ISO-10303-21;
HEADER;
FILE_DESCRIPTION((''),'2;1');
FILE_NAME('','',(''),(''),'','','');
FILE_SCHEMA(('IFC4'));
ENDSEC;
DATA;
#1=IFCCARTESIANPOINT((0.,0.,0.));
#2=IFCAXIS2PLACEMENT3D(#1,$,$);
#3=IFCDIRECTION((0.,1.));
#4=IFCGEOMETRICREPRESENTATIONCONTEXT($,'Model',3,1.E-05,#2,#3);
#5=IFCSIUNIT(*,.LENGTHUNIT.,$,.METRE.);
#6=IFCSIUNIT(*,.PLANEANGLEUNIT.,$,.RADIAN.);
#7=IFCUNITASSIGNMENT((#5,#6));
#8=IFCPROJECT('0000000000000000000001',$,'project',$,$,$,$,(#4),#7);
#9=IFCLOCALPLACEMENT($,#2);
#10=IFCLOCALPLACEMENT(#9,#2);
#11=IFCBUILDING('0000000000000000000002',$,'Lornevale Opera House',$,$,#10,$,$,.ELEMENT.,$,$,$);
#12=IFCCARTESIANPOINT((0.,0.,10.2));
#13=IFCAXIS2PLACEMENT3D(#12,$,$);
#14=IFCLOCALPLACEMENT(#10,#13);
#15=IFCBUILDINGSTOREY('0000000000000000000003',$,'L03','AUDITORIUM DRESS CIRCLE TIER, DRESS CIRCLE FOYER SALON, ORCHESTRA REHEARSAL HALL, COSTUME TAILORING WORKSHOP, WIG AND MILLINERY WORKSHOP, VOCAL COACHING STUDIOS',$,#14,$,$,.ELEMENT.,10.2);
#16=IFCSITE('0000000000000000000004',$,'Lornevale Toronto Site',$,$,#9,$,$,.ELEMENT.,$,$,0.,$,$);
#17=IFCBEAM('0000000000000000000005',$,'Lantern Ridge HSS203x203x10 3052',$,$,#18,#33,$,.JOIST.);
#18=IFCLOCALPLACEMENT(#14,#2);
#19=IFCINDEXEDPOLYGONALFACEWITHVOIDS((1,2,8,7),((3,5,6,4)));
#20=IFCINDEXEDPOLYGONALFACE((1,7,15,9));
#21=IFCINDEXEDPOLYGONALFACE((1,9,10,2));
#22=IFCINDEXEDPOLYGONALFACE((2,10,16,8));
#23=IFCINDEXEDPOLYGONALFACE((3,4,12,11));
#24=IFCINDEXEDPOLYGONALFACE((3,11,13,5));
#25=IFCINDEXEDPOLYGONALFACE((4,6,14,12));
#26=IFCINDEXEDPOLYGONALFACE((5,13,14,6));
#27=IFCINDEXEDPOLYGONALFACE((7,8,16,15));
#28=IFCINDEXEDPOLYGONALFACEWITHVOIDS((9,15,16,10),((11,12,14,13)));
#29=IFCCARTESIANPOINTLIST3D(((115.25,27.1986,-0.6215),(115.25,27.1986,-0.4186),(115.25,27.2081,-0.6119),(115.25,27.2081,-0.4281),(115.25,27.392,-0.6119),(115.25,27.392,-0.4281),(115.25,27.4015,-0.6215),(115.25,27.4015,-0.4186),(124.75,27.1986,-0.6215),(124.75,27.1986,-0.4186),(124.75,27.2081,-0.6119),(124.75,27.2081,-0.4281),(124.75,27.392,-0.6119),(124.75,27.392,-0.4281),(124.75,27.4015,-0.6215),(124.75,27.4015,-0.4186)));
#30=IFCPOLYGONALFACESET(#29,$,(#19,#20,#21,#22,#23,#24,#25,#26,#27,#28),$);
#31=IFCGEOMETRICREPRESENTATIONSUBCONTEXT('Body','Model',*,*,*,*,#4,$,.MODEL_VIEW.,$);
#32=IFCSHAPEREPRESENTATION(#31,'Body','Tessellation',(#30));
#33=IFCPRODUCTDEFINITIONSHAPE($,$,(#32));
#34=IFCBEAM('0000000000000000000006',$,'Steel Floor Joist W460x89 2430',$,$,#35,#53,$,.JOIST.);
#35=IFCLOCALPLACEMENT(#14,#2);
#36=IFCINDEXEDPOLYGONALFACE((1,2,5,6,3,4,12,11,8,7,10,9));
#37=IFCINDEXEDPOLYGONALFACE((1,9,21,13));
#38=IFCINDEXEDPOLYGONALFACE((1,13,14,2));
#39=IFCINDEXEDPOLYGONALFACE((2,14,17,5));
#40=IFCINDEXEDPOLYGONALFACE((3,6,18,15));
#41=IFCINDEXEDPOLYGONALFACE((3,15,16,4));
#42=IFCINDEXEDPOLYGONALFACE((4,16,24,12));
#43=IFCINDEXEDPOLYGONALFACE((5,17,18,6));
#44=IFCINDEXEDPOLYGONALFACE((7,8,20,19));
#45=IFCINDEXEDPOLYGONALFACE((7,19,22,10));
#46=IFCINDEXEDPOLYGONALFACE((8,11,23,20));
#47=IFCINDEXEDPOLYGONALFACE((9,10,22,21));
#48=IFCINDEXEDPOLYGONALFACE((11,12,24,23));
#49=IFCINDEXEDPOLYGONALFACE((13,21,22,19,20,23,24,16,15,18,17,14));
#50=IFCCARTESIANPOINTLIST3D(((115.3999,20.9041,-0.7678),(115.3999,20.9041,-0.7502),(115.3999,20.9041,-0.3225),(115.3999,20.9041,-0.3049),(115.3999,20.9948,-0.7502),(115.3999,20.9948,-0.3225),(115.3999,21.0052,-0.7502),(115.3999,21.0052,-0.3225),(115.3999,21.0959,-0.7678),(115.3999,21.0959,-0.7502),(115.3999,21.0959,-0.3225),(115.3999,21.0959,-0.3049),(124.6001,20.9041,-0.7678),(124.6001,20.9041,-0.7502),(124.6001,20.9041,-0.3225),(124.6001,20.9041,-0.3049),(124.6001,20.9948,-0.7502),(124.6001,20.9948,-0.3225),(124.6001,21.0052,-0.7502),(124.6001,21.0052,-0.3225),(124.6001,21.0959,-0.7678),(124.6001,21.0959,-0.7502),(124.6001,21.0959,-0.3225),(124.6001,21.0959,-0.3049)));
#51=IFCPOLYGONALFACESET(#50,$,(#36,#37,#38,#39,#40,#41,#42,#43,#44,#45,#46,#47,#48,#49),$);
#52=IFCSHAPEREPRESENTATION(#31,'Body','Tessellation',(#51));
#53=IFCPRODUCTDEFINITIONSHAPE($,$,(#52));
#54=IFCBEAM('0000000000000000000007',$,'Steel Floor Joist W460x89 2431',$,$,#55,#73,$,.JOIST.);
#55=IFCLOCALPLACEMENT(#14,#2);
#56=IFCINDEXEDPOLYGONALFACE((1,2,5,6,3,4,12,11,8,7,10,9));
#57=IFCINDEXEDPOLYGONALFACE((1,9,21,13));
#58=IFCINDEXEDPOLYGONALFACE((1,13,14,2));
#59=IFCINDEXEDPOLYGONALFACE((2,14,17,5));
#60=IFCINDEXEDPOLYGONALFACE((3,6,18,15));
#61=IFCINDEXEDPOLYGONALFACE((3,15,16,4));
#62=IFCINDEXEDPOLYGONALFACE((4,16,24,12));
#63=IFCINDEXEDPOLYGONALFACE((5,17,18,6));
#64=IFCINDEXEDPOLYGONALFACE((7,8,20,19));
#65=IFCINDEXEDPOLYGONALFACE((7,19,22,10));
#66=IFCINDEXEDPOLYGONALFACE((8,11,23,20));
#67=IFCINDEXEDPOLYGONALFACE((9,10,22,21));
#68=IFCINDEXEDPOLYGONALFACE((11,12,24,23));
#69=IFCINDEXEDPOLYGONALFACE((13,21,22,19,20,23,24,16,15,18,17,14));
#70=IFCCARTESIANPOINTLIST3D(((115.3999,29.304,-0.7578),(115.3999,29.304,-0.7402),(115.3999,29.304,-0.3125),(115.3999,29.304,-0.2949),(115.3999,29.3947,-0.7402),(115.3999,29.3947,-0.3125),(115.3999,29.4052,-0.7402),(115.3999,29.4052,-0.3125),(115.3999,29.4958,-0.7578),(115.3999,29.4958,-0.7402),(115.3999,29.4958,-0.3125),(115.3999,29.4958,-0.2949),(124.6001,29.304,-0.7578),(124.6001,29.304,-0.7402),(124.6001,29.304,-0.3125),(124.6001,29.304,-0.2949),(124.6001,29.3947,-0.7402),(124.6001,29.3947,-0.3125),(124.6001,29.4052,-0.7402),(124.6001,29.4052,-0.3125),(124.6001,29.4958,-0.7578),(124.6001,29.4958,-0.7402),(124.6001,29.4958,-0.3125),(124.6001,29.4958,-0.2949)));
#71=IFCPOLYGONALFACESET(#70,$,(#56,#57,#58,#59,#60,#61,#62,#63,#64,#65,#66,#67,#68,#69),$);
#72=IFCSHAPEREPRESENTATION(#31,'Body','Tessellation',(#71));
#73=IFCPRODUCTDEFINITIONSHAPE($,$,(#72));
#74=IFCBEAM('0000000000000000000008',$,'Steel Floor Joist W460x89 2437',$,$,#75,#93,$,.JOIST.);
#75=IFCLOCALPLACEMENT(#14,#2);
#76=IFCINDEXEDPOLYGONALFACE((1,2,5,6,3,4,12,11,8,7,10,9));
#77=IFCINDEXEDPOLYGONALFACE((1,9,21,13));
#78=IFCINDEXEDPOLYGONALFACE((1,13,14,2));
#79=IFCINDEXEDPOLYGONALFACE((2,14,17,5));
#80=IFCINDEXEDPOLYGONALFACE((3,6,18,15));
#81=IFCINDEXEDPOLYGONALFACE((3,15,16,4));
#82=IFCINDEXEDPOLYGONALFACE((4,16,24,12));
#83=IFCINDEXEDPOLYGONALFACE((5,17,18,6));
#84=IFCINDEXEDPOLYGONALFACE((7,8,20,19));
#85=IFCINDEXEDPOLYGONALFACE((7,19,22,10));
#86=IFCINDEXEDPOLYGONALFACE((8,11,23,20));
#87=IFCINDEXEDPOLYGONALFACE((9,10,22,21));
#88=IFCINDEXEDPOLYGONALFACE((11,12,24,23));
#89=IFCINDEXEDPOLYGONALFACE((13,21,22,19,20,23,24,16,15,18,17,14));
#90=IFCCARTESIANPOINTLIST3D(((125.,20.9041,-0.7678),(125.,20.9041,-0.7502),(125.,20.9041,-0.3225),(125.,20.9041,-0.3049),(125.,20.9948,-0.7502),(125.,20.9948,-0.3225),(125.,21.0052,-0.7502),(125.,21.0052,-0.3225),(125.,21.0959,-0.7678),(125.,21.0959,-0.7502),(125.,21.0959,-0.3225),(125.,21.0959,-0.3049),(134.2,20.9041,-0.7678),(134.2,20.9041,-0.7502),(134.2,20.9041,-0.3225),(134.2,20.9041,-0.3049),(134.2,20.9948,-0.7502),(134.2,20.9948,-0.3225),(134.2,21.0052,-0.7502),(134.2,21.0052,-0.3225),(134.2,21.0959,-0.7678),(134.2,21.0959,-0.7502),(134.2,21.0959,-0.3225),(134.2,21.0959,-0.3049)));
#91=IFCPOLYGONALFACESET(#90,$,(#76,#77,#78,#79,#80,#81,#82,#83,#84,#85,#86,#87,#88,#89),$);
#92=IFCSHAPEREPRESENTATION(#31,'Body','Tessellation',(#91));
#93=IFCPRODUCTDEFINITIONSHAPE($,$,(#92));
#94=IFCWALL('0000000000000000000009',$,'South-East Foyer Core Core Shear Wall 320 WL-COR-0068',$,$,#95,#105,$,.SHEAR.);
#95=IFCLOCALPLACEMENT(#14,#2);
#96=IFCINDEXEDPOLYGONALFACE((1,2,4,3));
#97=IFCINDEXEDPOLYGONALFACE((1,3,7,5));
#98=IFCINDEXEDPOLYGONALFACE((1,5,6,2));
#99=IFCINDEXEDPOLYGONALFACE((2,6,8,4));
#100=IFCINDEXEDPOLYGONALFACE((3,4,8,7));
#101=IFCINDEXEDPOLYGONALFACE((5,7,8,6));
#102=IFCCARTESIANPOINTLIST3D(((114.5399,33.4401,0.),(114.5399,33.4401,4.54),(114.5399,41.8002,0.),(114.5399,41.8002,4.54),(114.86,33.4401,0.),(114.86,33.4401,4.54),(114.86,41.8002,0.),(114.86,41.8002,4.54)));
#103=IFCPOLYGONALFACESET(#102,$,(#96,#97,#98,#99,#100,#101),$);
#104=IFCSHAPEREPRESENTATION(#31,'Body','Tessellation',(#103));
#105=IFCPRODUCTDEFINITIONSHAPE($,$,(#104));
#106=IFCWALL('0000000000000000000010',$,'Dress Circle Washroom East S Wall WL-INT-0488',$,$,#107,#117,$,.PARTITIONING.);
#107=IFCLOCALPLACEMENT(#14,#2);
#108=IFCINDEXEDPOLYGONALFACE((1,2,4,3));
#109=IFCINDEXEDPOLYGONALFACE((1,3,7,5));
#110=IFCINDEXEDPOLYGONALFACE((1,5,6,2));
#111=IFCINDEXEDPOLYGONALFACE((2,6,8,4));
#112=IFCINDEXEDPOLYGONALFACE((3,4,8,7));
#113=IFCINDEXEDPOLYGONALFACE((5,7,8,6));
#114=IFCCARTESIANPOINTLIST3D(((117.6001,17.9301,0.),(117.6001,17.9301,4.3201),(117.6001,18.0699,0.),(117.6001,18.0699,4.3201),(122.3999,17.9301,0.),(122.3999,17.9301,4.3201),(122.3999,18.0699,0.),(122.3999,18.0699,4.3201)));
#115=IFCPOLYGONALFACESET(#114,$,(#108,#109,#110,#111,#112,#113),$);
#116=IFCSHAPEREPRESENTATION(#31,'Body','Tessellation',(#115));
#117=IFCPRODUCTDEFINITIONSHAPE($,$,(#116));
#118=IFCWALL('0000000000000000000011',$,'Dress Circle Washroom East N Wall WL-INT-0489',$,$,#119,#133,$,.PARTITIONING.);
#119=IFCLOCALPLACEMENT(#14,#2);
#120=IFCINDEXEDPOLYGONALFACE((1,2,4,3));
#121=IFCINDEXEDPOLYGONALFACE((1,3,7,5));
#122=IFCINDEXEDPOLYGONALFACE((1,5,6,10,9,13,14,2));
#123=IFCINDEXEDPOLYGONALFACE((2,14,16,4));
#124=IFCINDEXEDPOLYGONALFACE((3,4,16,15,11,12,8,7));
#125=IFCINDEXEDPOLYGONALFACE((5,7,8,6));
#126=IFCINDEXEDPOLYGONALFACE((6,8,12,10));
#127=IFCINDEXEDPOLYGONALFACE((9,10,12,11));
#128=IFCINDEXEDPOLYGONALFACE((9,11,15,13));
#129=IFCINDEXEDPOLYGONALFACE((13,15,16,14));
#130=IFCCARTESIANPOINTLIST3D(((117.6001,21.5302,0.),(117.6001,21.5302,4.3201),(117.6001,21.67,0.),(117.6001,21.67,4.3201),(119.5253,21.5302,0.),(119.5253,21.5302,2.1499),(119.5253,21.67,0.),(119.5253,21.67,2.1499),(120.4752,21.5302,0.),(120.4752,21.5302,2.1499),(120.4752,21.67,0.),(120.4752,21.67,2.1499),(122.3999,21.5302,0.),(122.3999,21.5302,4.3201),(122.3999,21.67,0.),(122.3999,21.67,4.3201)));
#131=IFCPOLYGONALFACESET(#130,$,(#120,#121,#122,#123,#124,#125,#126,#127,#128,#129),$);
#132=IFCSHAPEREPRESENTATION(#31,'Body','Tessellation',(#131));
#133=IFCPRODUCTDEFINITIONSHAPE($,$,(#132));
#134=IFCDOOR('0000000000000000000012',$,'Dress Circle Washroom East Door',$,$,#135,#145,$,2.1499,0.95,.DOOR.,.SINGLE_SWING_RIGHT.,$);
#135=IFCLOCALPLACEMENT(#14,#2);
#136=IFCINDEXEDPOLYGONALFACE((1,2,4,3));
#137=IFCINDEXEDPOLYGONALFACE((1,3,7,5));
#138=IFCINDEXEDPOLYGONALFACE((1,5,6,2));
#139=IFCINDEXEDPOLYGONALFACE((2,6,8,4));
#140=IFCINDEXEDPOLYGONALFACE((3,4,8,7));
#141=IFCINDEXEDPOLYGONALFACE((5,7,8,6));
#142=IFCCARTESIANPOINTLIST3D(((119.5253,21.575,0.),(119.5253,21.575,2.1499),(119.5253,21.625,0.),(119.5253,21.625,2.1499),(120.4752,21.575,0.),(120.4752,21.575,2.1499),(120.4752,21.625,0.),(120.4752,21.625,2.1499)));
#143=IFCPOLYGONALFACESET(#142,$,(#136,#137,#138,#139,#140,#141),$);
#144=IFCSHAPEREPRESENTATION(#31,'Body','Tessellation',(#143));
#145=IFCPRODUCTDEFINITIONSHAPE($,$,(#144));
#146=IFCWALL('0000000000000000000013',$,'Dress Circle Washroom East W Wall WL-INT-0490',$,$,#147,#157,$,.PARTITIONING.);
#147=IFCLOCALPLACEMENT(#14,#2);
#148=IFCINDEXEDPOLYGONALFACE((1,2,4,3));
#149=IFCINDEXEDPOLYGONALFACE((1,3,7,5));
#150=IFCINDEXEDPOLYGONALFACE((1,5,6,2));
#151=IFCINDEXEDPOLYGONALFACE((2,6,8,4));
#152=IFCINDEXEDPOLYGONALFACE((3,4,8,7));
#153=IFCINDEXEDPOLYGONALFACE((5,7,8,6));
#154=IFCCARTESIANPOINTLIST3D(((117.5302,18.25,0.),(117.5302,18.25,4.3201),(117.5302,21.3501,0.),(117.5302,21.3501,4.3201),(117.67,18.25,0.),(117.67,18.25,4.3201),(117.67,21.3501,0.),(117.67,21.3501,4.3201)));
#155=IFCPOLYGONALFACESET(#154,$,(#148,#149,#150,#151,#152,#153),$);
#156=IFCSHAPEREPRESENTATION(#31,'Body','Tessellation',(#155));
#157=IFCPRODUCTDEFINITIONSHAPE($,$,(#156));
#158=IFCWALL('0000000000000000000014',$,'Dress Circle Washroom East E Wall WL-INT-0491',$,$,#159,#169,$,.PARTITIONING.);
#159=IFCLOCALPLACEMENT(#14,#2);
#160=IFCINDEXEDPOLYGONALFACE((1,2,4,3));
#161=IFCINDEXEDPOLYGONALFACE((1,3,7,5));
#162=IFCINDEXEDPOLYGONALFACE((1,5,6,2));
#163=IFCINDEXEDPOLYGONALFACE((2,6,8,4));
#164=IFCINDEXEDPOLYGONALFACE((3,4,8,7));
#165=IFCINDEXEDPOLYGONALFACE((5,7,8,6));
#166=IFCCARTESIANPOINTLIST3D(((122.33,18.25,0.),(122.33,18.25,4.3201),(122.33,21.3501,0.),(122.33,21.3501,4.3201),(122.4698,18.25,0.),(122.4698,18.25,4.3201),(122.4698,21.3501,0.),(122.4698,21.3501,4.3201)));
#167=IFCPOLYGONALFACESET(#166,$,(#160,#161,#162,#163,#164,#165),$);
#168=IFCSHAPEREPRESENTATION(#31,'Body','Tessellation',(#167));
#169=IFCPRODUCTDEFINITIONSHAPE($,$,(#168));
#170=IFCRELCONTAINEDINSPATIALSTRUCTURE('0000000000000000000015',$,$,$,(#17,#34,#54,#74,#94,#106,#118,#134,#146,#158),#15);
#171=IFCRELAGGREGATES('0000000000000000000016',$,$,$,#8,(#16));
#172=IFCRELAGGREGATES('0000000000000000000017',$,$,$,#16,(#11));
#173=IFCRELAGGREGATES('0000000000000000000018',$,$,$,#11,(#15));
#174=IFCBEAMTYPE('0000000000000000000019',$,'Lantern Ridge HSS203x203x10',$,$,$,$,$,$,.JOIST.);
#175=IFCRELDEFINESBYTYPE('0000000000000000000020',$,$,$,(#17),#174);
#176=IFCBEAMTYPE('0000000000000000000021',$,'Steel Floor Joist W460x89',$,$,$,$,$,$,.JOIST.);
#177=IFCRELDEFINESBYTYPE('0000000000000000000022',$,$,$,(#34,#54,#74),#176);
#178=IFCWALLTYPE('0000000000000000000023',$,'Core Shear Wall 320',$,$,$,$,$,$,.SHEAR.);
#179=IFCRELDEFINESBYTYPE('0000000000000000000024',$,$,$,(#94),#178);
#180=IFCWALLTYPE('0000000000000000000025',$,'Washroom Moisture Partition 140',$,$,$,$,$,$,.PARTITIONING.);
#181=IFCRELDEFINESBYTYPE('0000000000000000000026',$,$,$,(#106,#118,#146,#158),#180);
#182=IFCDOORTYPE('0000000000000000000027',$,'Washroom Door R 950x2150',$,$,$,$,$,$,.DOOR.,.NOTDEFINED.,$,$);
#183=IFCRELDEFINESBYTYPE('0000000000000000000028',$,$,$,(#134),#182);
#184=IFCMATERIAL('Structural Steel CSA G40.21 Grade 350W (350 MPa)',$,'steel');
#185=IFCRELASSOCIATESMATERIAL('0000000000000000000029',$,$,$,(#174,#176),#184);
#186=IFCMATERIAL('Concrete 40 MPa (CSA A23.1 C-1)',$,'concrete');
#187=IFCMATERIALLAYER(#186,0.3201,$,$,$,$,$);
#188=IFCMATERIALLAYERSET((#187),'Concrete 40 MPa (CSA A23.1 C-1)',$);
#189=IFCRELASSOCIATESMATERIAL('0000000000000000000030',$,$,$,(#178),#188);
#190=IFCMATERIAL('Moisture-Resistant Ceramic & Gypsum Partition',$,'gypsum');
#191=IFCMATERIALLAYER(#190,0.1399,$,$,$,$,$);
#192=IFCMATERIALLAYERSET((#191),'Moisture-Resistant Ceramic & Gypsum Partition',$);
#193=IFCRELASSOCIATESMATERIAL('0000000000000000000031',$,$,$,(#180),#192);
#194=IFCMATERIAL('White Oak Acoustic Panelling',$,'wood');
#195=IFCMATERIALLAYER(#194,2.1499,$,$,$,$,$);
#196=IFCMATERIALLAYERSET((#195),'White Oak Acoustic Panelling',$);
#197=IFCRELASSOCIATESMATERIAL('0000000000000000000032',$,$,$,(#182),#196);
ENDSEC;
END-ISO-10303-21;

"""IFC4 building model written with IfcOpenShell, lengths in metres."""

from ifc_helpers import new_model, si_unit, direction, frame, frame_2d, origin, origin_2d, place, context, subcontext, project, spatial, rectangle, hollow_rectangle, i_section, extrude, material, layer, layer_set, material_profile, profile_set, type_object, element, fill, save


model = new_model("IFC4")

# Units and contexts
model_context = context("Model", 3, precision=1e-05, world=origin(), true_north=direction((0.0, 1.0)))
body_context = subcontext(model_context, "Body", "Model", "MODEL_VIEW")
ifc_project = project(units=[si_unit("LENGTHUNIT", "METRE"), si_unit("PLANEANGLEUNIT", "RADIAN")], contexts=[model_context])

# Site, building, storey
site_placement = place(None, origin())
site = spatial("IfcSite", under=ifc_project, at=site_placement, Name="Lornevale Toronto Site", CompositionType="ELEMENT", RefElevation=0.0)
building_placement = place(site_placement, origin())
building = spatial("IfcBuilding", under=site, at=building_placement, Name="Lornevale Opera House", CompositionType="ELEMENT")
storey_placement = place(building_placement, frame((0.0, 0.0, 10.2)))
storey = spatial("IfcBuildingStorey", under=building, at=storey_placement, Name="L03", Description="AUDITORIUM DRESS CIRCLE TIER, DRESS CIRCLE FOYER SALON, ORCHESTRA REHEARSAL HALL, COSTUME TAILORING WORKSHOP, WIG AND MILLINERY WORKSHOP, VOCAL COACHING STUDIOS", CompositionType="ELEMENT", Elevation=10.2)

# Shared definitions
ifc_material_1 = material(Name="Concrete 40 MPa (CSA A23.1 C-1)", Category="concrete")

# Shared definitions
ifc_material_2 = material(Name="Structural Steel CSA G40.21 Grade 350W (350 MPa)", Category="steel")

# Beams
ifc_material_profile_1 = material_profile(ifc_material_2, hollow_rectangle(XDim=0.2029, YDim=0.2029, WallThickness=0.0095, at=origin_2d()), Name="HSS203x203x10")
ifc_profile_set_1 = profile_set([ifc_material_profile_1], Name="Structural Steel CSA G40.21 Grade 350W (350 MPa)")
beam_type_1 = type_object("IfcBeamType", Name="Lantern Ridge HSS203x203x10", PredefinedType="JOIST", material=ifc_profile_set_1)
beam_1_placement = place(storey_placement, frame((115.25, 27.3, -0.52), z_axis=(1.0, 0.0, 0.0), x_axis=(0.0, 1.0, 0.0)))
element("IfcBeam", 1, at=beam_1_placement, inside=storey, type_object=beam_type_1, Name="Lantern Ridge HSS203x203x10 3052", PredefinedType="JOIST", context=body_context, shape_type="SweptSolid", body=[
    extrude(hollow_rectangle(XDim=0.2029, YDim=0.2029, WallThickness=0.0095, at=origin_2d()), origin(), (0.0, 0.0, 1.0), 9.5),
])
ifc_material_profile_2 = material_profile(ifc_material_2, i_section(OverallWidth=0.1919, OverallDepth=0.4629, WebThickness=0.0105, FlangeThickness=0.0176, at=origin_2d()), Name="W460x89")
ifc_profile_set_2 = profile_set([ifc_material_profile_2], Name="Structural Steel CSA G40.21 Grade 350W (350 MPa)")
beam_type_2 = type_object("IfcBeamType", Name="Steel Floor Joist W460x89", PredefinedType="JOIST", material=ifc_profile_set_2)
for number, where, z_axis, x_axis, name in (
    (2, (115.3999, 21.0, -0.5364), (1.0, 0.0, 0.0), (0.0, 1.0, 0.0), "Steel Floor Joist W460x89 2430"),
    (3, (115.3999, 29.3999, -0.5264), (1.0, 0.0, 0.0), (0.0, 1.0, 0.0), "Steel Floor Joist W460x89 2431"),
):
    element("IfcBeam", number, at=place(storey_placement, frame(where, z_axis=z_axis, x_axis=x_axis)), inside=storey, type_object=beam_type_2, Name=name, PredefinedType="JOIST", context=body_context, shape_type="SweptSolid", body=[
        extrude(i_section(OverallWidth=0.1919, OverallDepth=0.4629, WebThickness=0.0105, FlangeThickness=0.0176, at=origin_2d()), origin(), (0.0, 0.0, 1.0), 9.2002),
    ])
beam_2_placement = place(storey_placement, frame((125.0, 21.0, -0.5364), z_axis=(1.0, 0.0, 0.0), x_axis=(0.0, 1.0, 0.0)))
element("IfcBeam", 4, at=beam_2_placement, inside=storey, type_object=beam_type_2, Name="Steel Floor Joist W460x89 2437", PredefinedType="JOIST", context=body_context, shape_type="SweptSolid", body=[
    extrude(i_section(OverallWidth=0.1919, OverallDepth=0.4629, WebThickness=0.0105, FlangeThickness=0.0176, at=origin_2d()), origin(), (0.0, 0.0, 1.0), 9.2),
])

# Walls
ifc_layer_1 = layer(ifc_material_1, 0.3201)
ifc_layer_set_1 = layer_set([ifc_layer_1], Name="Concrete 40 MPa (CSA A23.1 C-1)")
wall_type_1 = type_object("IfcWallType", Name="Core Shear Wall 320", PredefinedType="SHEAR", material=ifc_layer_set_1)
wall_1_placement = place(storey_placement, frame((114.7, 33.4399, 0.0), z_axis=(0.0, 0.0, 1.0), x_axis=(0.0, 1.0, 0.0)))
element("IfcWall", 5, at=wall_1_placement, inside=storey, type_object=wall_type_1, Name="South-East Foyer Core Core Shear Wall 320 WL-COR-0068", PredefinedType="SHEAR", context=body_context, shape_type="SweptSolid", body=[
    extrude(rectangle(XDim=8.3601, YDim=0.3201, at=frame_2d((4.1802, 0.0))), origin(), (0.0, 0.0, 1.0), 4.54),
])
ifc_material_3 = material(Name="Moisture-Resistant Ceramic & Gypsum Partition", Category="gypsum")
ifc_layer_2 = layer(ifc_material_3, 0.1399)
ifc_layer_set_2 = layer_set([ifc_layer_2], Name="Moisture-Resistant Ceramic & Gypsum Partition")
wall_type_2 = type_object("IfcWallType", Name="Washroom Moisture Partition 140", PredefinedType="PARTITIONING", material=ifc_layer_set_2)
wall_2_placement = place(storey_placement, frame((117.6001, 18.0, 0.0), z_axis=(0.0, 0.0, 1.0), x_axis=(1.0, 0.0, 0.0)))
element("IfcWall", 6, at=wall_2_placement, inside=storey, type_object=wall_type_2, Name="Dress Circle Washroom East S Wall WL-INT-0488", PredefinedType="PARTITIONING", context=body_context, shape_type="SweptSolid", body=[
    extrude(rectangle(XDim=4.7998, YDim=0.1399, at=frame_2d((2.3999, 0.0))), origin(), (0.0, 0.0, 1.0), 4.3201),
])

# Wall, opening, door
wall_3_placement = place(storey_placement, frame((117.6001, 21.6001, 0.0), z_axis=(0.0, 0.0, 1.0), x_axis=(1.0, 0.0, 0.0)))
wall_3 = element("IfcWall", 7, at=wall_3_placement, inside=storey, type_object=wall_type_2, Name="Dress Circle Washroom East N Wall WL-INT-0489", PredefinedType="PARTITIONING", context=body_context, shape_type="SweptSolid", body=[
    extrude(rectangle(XDim=4.7998, YDim=0.1399, at=frame_2d((2.3999, 0.0))), origin(), (0.0, 0.0, 1.0), 4.3201),
])
opening_placement = place(wall_3_placement, frame((1.925, 0.0, 0.0)))
opening = element("IfcOpeningElement", 8, at=opening_placement, cuts=wall_3, PredefinedType="OPENING", context=body_context, shape_type="SweptSolid", body=[
    extrude(rectangle(XDim=0.95, YDim=2.1499, at=frame_2d((0.4751, 1.075))), frame((0.0, 0.0798, 0.0), z_axis=(0.0, -1.0, 0.0), x_axis=(1.0, 0.0, 0.0)), (0.0, 0.0, 1.0), 0.1599),
])
ifc_material_4 = material(Name="White Oak Acoustic Panelling", Category="wood")
ifc_layer_3 = layer(ifc_material_4, 2.1499)
ifc_layer_set_3 = layer_set([ifc_layer_3], Name="White Oak Acoustic Panelling")
door_type = type_object("IfcDoorType", Name="Washroom Door R 950x2150", OperationType="NOTDEFINED", PredefinedType="DOOR", material=ifc_layer_set_3)
door_placement = place(opening_placement, origin())
door = element("IfcDoor", 9, at=door_placement, inside=storey, type_object=door_type, Name="Dress Circle Washroom East Door", OperationType="SINGLE_SWING_RIGHT", OverallHeight=2.1499, OverallWidth=0.95, PredefinedType="DOOR", context=body_context, shape_type="SweptSolid", body=[
    extrude(rectangle(XDim=0.95, YDim=2.1499, at=frame_2d((0.4751, 1.075))), frame((0.0, 0.0249, 0.0), z_axis=(0.0, -1.0, 0.0), x_axis=(1.0, 0.0, 0.0)), (0.0, 0.0, 1.0), 0.05),
])
fill(opening, door)

# Walls
for number, where, z_axis, x_axis, name in (
    (10, (117.6001, 18.25, 0.0), (0.0, 0.0, 1.0), (0.0, 1.0, 0.0), "Dress Circle Washroom East W Wall WL-INT-0490"),
    (11, (122.3999, 18.25, 0.0), (0.0, 0.0, 1.0), (0.0, 1.0, 0.0), "Dress Circle Washroom East E Wall WL-INT-0491"),
):
    element("IfcWall", number, at=place(storey_placement, frame(where, z_axis=z_axis, x_axis=x_axis)), inside=storey, type_object=wall_type_2, Name=name, PredefinedType="PARTITIONING", context=body_context, shape_type="SweptSolid", body=[
        extrude(rectangle(XDim=3.1001, YDim=0.1399, at=frame_2d((1.55, 0.0))), origin(), (0.0, 0.0, 1.0), 4.3201),
    ])

save(model, "model.ifc")
